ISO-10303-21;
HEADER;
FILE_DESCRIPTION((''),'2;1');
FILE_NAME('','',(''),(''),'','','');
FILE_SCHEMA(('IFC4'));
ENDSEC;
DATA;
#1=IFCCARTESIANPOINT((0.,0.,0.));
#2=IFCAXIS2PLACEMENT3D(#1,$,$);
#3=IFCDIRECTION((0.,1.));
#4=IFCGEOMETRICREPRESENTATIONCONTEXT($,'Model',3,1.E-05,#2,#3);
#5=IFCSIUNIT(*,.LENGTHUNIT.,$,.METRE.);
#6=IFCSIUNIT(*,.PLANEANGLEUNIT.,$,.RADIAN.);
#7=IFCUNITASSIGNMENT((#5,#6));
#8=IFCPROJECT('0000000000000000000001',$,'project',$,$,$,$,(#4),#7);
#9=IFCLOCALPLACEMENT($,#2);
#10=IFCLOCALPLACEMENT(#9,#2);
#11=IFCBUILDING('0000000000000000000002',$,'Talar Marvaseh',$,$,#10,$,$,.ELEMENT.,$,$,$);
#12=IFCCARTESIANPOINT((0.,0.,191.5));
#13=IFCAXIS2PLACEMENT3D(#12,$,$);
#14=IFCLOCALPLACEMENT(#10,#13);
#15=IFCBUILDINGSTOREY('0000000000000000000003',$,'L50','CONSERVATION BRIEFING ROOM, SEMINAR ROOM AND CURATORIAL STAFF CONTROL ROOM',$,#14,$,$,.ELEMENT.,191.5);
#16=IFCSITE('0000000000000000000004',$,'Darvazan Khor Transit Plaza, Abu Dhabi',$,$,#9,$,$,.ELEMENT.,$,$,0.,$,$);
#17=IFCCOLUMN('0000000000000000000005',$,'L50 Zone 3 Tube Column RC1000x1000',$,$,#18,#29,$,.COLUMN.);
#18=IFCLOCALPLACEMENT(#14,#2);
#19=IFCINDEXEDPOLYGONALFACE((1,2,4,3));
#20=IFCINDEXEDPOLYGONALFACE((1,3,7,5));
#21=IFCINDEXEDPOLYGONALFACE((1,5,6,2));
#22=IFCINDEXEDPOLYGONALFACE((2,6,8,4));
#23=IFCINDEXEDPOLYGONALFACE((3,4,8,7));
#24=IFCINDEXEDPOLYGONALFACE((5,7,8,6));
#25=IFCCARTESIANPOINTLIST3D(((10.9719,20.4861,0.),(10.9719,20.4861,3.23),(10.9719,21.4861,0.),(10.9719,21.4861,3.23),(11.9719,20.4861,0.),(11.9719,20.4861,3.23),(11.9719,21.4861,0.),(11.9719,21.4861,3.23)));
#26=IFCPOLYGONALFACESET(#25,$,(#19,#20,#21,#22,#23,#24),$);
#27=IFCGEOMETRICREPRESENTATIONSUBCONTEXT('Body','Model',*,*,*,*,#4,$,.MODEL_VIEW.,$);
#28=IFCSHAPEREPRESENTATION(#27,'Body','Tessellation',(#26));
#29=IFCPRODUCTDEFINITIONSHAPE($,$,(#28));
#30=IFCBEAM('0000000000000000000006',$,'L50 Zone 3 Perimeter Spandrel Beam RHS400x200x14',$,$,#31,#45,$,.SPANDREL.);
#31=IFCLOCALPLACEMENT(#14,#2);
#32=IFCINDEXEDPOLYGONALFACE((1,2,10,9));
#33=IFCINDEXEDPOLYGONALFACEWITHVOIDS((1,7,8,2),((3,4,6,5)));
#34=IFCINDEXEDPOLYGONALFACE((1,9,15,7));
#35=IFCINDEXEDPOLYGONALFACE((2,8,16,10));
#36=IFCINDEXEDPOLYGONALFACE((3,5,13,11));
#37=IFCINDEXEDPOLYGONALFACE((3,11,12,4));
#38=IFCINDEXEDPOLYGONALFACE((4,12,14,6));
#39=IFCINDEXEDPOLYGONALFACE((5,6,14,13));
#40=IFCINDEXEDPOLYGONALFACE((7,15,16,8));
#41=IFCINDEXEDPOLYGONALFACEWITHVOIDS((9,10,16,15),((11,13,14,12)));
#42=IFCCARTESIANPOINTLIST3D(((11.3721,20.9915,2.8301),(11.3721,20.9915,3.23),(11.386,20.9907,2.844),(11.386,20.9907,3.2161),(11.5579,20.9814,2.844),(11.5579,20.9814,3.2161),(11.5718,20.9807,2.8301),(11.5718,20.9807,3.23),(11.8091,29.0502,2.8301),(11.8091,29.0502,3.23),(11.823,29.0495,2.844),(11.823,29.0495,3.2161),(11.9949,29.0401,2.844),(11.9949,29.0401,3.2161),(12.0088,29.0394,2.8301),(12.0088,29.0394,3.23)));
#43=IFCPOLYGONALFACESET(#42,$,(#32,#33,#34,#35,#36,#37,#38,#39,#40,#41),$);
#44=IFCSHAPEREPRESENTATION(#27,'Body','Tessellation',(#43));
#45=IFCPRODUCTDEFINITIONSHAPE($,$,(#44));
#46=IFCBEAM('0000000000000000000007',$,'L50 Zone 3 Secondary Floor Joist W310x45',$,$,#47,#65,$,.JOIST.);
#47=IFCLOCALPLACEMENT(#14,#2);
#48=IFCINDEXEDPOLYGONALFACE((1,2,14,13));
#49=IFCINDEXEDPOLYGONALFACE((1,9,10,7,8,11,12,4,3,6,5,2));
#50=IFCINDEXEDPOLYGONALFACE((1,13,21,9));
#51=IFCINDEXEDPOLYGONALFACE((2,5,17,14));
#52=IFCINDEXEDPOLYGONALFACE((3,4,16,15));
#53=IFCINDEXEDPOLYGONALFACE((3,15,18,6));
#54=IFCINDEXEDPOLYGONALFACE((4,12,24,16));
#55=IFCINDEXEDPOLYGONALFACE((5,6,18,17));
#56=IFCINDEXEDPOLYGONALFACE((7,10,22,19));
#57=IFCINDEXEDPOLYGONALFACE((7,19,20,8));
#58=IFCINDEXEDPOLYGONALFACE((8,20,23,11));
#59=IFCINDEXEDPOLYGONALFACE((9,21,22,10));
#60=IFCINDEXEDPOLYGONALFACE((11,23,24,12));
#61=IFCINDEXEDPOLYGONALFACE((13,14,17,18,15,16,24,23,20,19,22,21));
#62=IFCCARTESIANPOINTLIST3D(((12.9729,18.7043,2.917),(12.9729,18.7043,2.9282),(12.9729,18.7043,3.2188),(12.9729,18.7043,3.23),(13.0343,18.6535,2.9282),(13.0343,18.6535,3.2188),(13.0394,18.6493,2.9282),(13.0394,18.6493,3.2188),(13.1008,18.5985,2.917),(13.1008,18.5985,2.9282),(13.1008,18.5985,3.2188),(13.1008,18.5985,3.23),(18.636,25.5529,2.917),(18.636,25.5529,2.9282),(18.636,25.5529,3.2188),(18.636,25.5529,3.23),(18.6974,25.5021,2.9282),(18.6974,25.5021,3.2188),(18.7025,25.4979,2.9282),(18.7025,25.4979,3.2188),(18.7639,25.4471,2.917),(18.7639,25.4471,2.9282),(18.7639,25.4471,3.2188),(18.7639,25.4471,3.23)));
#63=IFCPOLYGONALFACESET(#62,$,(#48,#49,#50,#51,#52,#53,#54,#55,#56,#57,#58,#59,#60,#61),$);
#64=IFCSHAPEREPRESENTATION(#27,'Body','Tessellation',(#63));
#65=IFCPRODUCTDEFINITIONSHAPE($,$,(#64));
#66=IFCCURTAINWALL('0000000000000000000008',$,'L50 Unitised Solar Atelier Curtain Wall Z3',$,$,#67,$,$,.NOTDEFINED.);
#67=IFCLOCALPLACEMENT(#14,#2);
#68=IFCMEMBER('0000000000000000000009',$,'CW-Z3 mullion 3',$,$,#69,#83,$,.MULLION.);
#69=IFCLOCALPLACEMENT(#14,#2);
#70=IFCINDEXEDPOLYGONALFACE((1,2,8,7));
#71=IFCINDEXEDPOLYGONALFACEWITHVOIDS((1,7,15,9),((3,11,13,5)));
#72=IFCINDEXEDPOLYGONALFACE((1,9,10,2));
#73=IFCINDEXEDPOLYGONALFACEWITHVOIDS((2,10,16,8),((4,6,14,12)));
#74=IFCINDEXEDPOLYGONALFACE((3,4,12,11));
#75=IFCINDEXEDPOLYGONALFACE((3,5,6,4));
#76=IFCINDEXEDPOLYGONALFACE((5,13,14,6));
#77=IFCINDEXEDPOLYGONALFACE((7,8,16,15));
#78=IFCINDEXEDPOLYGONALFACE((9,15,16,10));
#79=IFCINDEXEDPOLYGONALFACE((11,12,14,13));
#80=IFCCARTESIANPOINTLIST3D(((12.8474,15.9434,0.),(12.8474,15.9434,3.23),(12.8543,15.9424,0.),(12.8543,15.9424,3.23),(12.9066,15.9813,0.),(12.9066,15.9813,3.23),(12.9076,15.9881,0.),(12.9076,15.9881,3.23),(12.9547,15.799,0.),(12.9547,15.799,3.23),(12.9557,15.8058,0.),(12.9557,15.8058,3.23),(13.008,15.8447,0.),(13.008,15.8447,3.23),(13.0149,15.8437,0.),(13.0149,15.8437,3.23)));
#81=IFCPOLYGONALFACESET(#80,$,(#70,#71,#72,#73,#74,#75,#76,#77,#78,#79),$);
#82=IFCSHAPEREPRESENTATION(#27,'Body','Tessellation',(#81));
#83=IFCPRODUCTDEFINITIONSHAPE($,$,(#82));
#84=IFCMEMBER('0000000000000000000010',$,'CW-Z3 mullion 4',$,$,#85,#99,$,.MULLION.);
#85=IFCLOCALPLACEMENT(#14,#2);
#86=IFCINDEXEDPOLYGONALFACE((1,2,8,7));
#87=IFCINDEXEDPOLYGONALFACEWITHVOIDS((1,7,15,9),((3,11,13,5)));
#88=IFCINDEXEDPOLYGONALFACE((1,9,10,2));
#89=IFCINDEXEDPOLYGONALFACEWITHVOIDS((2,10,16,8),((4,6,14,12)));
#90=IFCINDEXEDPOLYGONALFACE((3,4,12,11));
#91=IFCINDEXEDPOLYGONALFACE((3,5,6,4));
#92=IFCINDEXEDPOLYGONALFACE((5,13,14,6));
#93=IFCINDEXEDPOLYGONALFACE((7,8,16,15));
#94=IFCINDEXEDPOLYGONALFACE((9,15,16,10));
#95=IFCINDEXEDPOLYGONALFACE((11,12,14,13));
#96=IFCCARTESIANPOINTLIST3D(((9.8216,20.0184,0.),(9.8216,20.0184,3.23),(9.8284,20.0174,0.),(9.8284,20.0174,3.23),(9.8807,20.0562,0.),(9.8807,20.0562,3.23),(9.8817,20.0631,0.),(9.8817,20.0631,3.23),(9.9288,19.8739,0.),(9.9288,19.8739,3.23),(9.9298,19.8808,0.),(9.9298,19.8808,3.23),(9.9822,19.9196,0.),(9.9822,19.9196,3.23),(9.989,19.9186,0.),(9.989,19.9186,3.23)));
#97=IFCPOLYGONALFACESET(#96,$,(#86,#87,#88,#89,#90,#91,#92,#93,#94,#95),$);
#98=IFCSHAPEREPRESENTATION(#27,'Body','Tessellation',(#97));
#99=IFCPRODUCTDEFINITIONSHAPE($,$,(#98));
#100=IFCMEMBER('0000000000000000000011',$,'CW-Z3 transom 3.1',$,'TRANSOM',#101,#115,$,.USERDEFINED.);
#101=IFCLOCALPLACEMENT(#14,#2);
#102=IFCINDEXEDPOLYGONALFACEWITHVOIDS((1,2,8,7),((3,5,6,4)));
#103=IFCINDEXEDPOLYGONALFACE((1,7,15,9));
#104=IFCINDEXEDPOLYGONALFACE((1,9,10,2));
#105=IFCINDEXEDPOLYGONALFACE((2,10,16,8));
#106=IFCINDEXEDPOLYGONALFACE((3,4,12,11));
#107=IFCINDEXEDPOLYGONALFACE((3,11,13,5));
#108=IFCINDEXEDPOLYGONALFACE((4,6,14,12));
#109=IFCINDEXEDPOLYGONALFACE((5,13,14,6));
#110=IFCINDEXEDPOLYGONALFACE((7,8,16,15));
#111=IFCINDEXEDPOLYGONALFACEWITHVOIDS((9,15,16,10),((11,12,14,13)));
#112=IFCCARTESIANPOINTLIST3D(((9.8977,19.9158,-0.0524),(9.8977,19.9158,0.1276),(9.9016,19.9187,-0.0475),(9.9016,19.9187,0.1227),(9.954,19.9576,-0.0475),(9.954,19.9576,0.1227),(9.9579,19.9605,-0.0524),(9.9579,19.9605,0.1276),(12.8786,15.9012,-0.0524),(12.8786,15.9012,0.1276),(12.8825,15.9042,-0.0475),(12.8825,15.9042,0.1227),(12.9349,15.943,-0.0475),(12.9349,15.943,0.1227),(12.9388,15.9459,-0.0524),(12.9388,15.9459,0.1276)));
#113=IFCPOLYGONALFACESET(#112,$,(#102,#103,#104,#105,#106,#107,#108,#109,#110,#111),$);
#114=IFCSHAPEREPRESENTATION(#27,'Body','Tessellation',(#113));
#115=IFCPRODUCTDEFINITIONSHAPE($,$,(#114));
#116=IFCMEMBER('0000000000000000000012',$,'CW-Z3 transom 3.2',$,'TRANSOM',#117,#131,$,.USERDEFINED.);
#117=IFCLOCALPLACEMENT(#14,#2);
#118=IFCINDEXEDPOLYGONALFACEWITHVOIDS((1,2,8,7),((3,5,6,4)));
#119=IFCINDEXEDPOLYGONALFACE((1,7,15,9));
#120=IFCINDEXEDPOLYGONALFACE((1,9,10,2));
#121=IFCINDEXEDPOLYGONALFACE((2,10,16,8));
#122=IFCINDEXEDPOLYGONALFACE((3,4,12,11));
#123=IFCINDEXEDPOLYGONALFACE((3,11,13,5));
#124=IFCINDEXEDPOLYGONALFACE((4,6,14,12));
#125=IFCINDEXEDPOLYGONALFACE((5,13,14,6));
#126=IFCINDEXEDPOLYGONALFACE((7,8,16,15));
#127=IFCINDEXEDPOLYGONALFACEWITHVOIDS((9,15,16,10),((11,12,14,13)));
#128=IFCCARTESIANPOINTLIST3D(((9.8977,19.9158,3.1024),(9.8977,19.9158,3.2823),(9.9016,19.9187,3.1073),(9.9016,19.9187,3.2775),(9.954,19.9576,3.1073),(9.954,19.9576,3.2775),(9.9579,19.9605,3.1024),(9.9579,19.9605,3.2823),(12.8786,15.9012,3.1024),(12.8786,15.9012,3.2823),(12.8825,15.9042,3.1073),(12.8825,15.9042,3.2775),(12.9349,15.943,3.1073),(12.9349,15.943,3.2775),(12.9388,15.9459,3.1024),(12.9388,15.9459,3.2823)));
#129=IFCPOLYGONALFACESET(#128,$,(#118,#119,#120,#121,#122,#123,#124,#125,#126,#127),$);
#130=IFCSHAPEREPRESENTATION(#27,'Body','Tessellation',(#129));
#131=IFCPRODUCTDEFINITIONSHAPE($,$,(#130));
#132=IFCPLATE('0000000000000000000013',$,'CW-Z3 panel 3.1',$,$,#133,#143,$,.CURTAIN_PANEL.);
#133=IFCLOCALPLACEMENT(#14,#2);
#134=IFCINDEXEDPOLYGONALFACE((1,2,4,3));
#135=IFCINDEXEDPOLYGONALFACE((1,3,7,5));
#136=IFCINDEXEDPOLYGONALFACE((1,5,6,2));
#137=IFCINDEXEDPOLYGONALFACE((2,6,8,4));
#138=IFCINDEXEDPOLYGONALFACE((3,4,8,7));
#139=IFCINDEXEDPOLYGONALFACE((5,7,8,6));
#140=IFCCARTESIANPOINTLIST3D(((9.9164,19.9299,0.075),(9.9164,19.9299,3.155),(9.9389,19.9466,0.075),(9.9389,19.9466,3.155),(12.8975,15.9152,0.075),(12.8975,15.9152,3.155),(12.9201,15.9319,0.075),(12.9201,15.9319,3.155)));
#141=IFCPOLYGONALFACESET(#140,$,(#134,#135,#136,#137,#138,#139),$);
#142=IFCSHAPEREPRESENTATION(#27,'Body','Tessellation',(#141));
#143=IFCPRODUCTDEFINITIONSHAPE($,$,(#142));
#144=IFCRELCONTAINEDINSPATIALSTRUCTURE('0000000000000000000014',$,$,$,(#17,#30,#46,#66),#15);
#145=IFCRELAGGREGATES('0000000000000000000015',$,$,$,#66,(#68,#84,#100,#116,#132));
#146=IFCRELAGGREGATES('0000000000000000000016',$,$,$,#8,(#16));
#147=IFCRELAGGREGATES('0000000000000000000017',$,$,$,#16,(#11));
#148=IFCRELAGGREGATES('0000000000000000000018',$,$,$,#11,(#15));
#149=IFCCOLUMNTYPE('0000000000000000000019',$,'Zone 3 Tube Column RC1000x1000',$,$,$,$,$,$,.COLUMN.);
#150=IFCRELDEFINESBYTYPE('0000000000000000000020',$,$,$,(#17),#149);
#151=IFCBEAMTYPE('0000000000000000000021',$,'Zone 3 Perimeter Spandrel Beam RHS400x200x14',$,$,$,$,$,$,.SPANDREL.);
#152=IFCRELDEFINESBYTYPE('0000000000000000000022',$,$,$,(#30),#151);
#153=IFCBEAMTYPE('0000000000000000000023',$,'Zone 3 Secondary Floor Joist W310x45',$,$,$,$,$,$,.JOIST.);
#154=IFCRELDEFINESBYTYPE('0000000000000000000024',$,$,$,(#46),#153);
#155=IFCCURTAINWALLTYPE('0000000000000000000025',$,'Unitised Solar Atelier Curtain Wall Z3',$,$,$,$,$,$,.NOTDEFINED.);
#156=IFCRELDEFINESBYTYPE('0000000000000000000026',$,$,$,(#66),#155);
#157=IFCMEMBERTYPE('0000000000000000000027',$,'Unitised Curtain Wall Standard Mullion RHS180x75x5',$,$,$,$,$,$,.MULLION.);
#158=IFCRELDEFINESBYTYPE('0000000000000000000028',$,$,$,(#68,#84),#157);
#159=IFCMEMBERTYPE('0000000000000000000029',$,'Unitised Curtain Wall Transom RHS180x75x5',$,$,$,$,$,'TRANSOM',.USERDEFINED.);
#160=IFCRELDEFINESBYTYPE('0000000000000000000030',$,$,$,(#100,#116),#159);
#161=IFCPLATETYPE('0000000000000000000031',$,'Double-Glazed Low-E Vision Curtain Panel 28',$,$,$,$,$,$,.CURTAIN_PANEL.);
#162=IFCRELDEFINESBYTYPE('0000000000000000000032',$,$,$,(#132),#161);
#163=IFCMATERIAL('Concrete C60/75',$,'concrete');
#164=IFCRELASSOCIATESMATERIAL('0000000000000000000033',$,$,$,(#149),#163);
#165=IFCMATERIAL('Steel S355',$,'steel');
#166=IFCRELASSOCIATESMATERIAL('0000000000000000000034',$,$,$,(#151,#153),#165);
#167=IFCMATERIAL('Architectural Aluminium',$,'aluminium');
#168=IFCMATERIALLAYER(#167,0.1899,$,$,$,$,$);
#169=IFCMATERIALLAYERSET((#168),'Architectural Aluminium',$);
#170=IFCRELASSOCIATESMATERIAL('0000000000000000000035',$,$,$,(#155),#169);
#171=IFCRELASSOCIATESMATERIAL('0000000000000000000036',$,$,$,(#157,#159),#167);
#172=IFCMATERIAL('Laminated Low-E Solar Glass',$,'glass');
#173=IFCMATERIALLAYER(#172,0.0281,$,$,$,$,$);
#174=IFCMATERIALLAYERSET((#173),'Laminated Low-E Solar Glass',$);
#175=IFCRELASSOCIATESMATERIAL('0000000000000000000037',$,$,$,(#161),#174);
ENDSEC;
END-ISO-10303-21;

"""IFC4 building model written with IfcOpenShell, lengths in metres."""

from ifc_helpers import new_model, si_unit, direction, frame, origin, origin_2d, place, context, subcontext, project, spatial, rectangle, hollow_rectangle, i_section, extrude, source, transform, mapped, material, layer, layer_set, material_profile, profile_set, type_object, type_shapes, element, aggregate, save


model = new_model("IFC4")

# Units and contexts
model_context = context("Model", 3, precision=1e-05, world=origin(), true_north=direction((0.0, 1.0)))
body_context = subcontext(model_context, "Body", "Model", "MODEL_VIEW")
ifc_project = project(units=[si_unit("LENGTHUNIT", "METRE"), si_unit("PLANEANGLEUNIT", "RADIAN")], contexts=[model_context])

# Site, building, storey
site_placement = place(None, origin())
site = spatial("IfcSite", under=ifc_project, at=site_placement, Name="Darvazan Khor Transit Plaza, Abu Dhabi", CompositionType="ELEMENT", RefElevation=0.0)
building_placement = place(site_placement, origin())
building = spatial("IfcBuilding", under=site, at=building_placement, Name="Talar Marvaseh", CompositionType="ELEMENT")
storey_placement = place(building_placement, frame((0.0, 0.0, 191.5)))
storey = spatial("IfcBuildingStorey", under=building, at=storey_placement, Name="L50", Description="CONSERVATION BRIEFING ROOM, SEMINAR ROOM AND CURATORIAL STAFF CONTROL ROOM", CompositionType="ELEMENT", Elevation=191.5)

# Column
ifc_material_1 = material(Name="Concrete C60/75", Category="concrete")
ifc_material_profile_1 = material_profile(ifc_material_1, rectangle(XDim=1.0, YDim=1.0, at=origin_2d()), Name="RC1000x1000")
ifc_profile_set_1 = profile_set([ifc_material_profile_1], Name="Concrete C60/75")
column_type = type_object("IfcColumnType", Name="Zone 3 Tube Column RC1000x1000", PredefinedType="COLUMN", material=ifc_profile_set_1)
column_placement = place(storey_placement, frame((11.4719, 20.9861, 0.0), z_axis=(0.0, 0.0, 1.0), x_axis=(1.0, 0.0, 0.0)))
element("IfcColumn", 1, at=column_placement, inside=storey, type_object=column_type, Name="L50 Zone 3 Tube Column RC1000x1000", PredefinedType="COLUMN", context=body_context, shape_type="SweptSolid", body=[
    extrude(rectangle(XDim=1.0, YDim=1.0, at=origin_2d()), origin(), (0.0, 0.0, 1.0), 3.23),
])

# Beams
ifc_material_2 = material(Name="Steel S355", Category="steel")
ifc_material_profile_2 = material_profile(ifc_material_2, hollow_rectangle(XDim=0.2, YDim=0.3999, WallThickness=0.0139, at=origin_2d()), Name="RHS400x200x14")
ifc_profile_set_2 = profile_set([ifc_material_profile_2], Name="Steel S355")
beam_type_1 = type_object("IfcBeamType", Name="Zone 3 Perimeter Spandrel Beam RHS400x200x14", PredefinedType="SPANDREL", material=ifc_profile_set_2)
beam_1_placement = place(storey_placement, frame((11.4719, 20.9861, 3.03), z_axis=(0.054148, 0.998533, 0.0), x_axis=(-0.998533, 0.054148, 0.0)))
element("IfcBeam", 2, at=beam_1_placement, inside=storey, type_object=beam_type_1, Name="L50 Zone 3 Perimeter Spandrel Beam RHS400x200x14", PredefinedType="SPANDREL", context=body_context, shape_type="SweptSolid", body=[
    extrude(hollow_rectangle(XDim=0.2, YDim=0.3999, WallThickness=0.0139, at=origin_2d()), origin(), (0.0, 0.0, 1.0), 8.0706),
])
ifc_material_profile_3 = material_profile(ifc_material_2, i_section(OverallWidth=0.166, OverallDepth=0.313, WebThickness=0.0066, FlangeThickness=0.0112, at=origin_2d()), Name="W310x45")
ifc_profile_set_3 = profile_set([ifc_material_profile_3], Name="Steel S355")
beam_type_2 = type_object("IfcBeamType", Name="Zone 3 Secondary Floor Joist W310x45", PredefinedType="JOIST", material=ifc_profile_set_3)
beam_2_placement = place(storey_placement, frame((13.0369, 18.6514, 3.0735), z_axis=(0.637251, 0.770657, 0.0), x_axis=(-0.770657, 0.637251, 0.0)))
element("IfcBeam", 3, at=beam_2_placement, inside=storey, type_object=beam_type_2, Name="L50 Zone 3 Secondary Floor Joist W310x45", PredefinedType="JOIST", context=body_context, shape_type="SweptSolid", body=[
    extrude(i_section(OverallWidth=0.166, OverallDepth=0.313, WebThickness=0.0066, FlangeThickness=0.0112, at=origin_2d()), origin(), (0.0, 0.0, 1.0), 8.8867),
])

# Curtain wall, members, plate
ifc_material_3 = material(Name="Architectural Aluminium", Category="aluminium")
ifc_layer_1 = layer(ifc_material_3, 0.1899)
ifc_layer_set_1 = layer_set([ifc_layer_1], Name="Architectural Aluminium")
curtain_wall_type = type_object("IfcCurtainWallType", Name="Unitised Solar Atelier Curtain Wall Z3", PredefinedType="NOTDEFINED", material=ifc_layer_set_1)
curtain_wall_placement = place(storey_placement, origin())
curtain_wall = element("IfcCurtainWall", 4, at=curtain_wall_placement, inside=storey, type_object=curtain_wall_type, Name="L50 Unitised Solar Atelier Curtain Wall Z3", PredefinedType="NOTDEFINED")
ifc_material_profile_4 = material_profile(ifc_material_3, hollow_rectangle(XDim=0.075, YDim=0.1799, WallThickness=0.0049, at=origin_2d()), Name="RHS180x75x5")
ifc_profile_set_4 = profile_set([ifc_material_profile_4], Name="Architectural Aluminium")
member_type_1 = type_object("IfcMemberType", Name="Unitised Curtain Wall Standard Mullion RHS180x75x5", PredefinedType="MULLION", material=ifc_profile_set_4)
shared_shape_1 = source(origin(), body_context, "Body", "SweptSolid", [
    extrude(hollow_rectangle(XDim=0.075, YDim=0.1799, WallThickness=0.0049, at=origin_2d()), origin(), (0.0, 0.0, 1.0), 3.23),
])
type_shapes(member_type_1, [shared_shape_1])
member_1_placement = place(storey_placement, frame((12.9312, 15.8936, 0.0), z_axis=(0.0, 0.0, 1.0), x_axis=(-0.802856, -0.596173, 0.0)))
member_1 = element("IfcMember", 5, at=member_1_placement, type_object=member_type_1, Name="CW-Z3 mullion 3", PredefinedType="MULLION", context=body_context, shape_type="MappedRepresentation", body=[
    mapped(shared_shape_1, transform((0.0, 0.0, 0.0), x_axis=(1.0, 0.0, 0.0), y_axis=(0.0, 1.0, 0.0), z_axis=(0.0, 0.0, 1.0), scale=1.0)),
])
member_2_placement = place(storey_placement, frame((9.9053, 19.9685, 0.0), z_axis=(0.0, 0.0, 1.0), x_axis=(-0.802856, -0.596173, 0.0)))
member_2 = element("IfcMember", 6, at=member_2_placement, type_object=member_type_1, Name="CW-Z3 mullion 4", PredefinedType="MULLION", context=body_context, shape_type="MappedRepresentation", body=[
    mapped(shared_shape_1, transform((0.0, 0.0, 0.0), x_axis=(1.0, 0.0, 0.0), y_axis=(0.0, 1.0, 0.0), z_axis=(0.0, 0.0, 1.0), scale=1.0)),
])
ifc_material_profile_5 = material_profile(ifc_material_3, hollow_rectangle(XDim=0.075, YDim=0.1799, WallThickness=0.0049, at=origin_2d()), Name="RHS180x75x5")
ifc_profile_set_5 = profile_set([ifc_material_profile_5], Name="Architectural Aluminium")
member_type_2 = type_object("IfcMemberType", Name="Unitised Curtain Wall Transom RHS180x75x5", ElementType="TRANSOM", PredefinedType="USERDEFINED", material=ifc_profile_set_5)
shared_shape_2 = source(origin(), body_context, "Body", "SweptSolid", [
    extrude(hollow_rectangle(XDim=0.075, YDim=0.1799, WallThickness=0.0049, at=origin_2d()), origin(), (0.0, 0.0, 1.0), 5.0002),
])
type_shapes(member_type_2, [shared_shape_2])
member_3_placement = place(storey_placement, frame((12.9087, 15.9236, 0.0376), z_axis=(-0.59615, 0.802873, 0.0), x_axis=(-0.802873, -0.59615, 0.0)))
member_3 = element("IfcMember", 7, at=member_3_placement, type_object=member_type_2, Name="CW-Z3 transom 3.1", ObjectType="TRANSOM", PredefinedType="USERDEFINED", context=body_context, shape_type="MappedRepresentation", body=[
    mapped(shared_shape_2, transform((0.0, 0.0, 0.0), x_axis=(1.0, 0.0, 0.0), y_axis=(0.0, 1.0, 0.0), z_axis=(0.0, 0.0, 1.0), scale=1.0)),
])
member_4_placement = place(storey_placement, frame((12.9087, 15.9236, 3.1924), z_axis=(-0.59615, 0.802873, 0.0), x_axis=(-0.802873, -0.59615, 0.0)))
member_4 = element("IfcMember", 8, at=member_4_placement, type_object=member_type_2, Name="CW-Z3 transom 3.2", ObjectType="TRANSOM", PredefinedType="USERDEFINED", context=body_context, shape_type="MappedRepresentation", body=[
    mapped(shared_shape_2, transform((0.0, 0.0, 0.0), x_axis=(1.0, 0.0, 0.0), y_axis=(0.0, 1.0, 0.0), z_axis=(0.0, 0.0, 1.0), scale=1.0)),
])
ifc_material_4 = material(Name="Laminated Low-E Solar Glass", Category="glass")
ifc_layer_2 = layer(ifc_material_4, 0.0281)
ifc_layer_set_2 = layer_set([ifc_layer_2], Name="Laminated Low-E Solar Glass")
plate_type = type_object("IfcPlateType", Name="Double-Glazed Low-E Vision Curtain Panel 28", PredefinedType="CURTAIN_PANEL", material=ifc_layer_set_2)
shared_shape_3 = source(origin(), body_context, "Body", "SweptSolid", [
    extrude(rectangle(XDim=5.0005, YDim=0.0281, at=origin_2d()), origin(), (0.0, 0.0, 1.0), 3.0801),
])
type_shapes(plate_type, [shared_shape_3])
plate_placement = place(storey_placement, frame((11.4182, 17.9309, 0.075), z_axis=(0.0, 0.0, 1.0), x_axis=(-0.596173, 0.802856, 0.0)))
plate = element("IfcPlate", 9, at=plate_placement, type_object=plate_type, Name="CW-Z3 panel 3.1", PredefinedType="CURTAIN_PANEL", context=body_context, shape_type="MappedRepresentation", body=[
    mapped(shared_shape_3, transform((0.0, 0.0, 0.0), x_axis=(1.0, 0.0, 0.0), y_axis=(0.0, 1.0, 0.0), z_axis=(0.0, 0.0, 1.0), scale=1.0)),
])
aggregate(curtain_wall, [member_1, member_2, member_3, member_4, plate])

save(model, "model.ifc")
